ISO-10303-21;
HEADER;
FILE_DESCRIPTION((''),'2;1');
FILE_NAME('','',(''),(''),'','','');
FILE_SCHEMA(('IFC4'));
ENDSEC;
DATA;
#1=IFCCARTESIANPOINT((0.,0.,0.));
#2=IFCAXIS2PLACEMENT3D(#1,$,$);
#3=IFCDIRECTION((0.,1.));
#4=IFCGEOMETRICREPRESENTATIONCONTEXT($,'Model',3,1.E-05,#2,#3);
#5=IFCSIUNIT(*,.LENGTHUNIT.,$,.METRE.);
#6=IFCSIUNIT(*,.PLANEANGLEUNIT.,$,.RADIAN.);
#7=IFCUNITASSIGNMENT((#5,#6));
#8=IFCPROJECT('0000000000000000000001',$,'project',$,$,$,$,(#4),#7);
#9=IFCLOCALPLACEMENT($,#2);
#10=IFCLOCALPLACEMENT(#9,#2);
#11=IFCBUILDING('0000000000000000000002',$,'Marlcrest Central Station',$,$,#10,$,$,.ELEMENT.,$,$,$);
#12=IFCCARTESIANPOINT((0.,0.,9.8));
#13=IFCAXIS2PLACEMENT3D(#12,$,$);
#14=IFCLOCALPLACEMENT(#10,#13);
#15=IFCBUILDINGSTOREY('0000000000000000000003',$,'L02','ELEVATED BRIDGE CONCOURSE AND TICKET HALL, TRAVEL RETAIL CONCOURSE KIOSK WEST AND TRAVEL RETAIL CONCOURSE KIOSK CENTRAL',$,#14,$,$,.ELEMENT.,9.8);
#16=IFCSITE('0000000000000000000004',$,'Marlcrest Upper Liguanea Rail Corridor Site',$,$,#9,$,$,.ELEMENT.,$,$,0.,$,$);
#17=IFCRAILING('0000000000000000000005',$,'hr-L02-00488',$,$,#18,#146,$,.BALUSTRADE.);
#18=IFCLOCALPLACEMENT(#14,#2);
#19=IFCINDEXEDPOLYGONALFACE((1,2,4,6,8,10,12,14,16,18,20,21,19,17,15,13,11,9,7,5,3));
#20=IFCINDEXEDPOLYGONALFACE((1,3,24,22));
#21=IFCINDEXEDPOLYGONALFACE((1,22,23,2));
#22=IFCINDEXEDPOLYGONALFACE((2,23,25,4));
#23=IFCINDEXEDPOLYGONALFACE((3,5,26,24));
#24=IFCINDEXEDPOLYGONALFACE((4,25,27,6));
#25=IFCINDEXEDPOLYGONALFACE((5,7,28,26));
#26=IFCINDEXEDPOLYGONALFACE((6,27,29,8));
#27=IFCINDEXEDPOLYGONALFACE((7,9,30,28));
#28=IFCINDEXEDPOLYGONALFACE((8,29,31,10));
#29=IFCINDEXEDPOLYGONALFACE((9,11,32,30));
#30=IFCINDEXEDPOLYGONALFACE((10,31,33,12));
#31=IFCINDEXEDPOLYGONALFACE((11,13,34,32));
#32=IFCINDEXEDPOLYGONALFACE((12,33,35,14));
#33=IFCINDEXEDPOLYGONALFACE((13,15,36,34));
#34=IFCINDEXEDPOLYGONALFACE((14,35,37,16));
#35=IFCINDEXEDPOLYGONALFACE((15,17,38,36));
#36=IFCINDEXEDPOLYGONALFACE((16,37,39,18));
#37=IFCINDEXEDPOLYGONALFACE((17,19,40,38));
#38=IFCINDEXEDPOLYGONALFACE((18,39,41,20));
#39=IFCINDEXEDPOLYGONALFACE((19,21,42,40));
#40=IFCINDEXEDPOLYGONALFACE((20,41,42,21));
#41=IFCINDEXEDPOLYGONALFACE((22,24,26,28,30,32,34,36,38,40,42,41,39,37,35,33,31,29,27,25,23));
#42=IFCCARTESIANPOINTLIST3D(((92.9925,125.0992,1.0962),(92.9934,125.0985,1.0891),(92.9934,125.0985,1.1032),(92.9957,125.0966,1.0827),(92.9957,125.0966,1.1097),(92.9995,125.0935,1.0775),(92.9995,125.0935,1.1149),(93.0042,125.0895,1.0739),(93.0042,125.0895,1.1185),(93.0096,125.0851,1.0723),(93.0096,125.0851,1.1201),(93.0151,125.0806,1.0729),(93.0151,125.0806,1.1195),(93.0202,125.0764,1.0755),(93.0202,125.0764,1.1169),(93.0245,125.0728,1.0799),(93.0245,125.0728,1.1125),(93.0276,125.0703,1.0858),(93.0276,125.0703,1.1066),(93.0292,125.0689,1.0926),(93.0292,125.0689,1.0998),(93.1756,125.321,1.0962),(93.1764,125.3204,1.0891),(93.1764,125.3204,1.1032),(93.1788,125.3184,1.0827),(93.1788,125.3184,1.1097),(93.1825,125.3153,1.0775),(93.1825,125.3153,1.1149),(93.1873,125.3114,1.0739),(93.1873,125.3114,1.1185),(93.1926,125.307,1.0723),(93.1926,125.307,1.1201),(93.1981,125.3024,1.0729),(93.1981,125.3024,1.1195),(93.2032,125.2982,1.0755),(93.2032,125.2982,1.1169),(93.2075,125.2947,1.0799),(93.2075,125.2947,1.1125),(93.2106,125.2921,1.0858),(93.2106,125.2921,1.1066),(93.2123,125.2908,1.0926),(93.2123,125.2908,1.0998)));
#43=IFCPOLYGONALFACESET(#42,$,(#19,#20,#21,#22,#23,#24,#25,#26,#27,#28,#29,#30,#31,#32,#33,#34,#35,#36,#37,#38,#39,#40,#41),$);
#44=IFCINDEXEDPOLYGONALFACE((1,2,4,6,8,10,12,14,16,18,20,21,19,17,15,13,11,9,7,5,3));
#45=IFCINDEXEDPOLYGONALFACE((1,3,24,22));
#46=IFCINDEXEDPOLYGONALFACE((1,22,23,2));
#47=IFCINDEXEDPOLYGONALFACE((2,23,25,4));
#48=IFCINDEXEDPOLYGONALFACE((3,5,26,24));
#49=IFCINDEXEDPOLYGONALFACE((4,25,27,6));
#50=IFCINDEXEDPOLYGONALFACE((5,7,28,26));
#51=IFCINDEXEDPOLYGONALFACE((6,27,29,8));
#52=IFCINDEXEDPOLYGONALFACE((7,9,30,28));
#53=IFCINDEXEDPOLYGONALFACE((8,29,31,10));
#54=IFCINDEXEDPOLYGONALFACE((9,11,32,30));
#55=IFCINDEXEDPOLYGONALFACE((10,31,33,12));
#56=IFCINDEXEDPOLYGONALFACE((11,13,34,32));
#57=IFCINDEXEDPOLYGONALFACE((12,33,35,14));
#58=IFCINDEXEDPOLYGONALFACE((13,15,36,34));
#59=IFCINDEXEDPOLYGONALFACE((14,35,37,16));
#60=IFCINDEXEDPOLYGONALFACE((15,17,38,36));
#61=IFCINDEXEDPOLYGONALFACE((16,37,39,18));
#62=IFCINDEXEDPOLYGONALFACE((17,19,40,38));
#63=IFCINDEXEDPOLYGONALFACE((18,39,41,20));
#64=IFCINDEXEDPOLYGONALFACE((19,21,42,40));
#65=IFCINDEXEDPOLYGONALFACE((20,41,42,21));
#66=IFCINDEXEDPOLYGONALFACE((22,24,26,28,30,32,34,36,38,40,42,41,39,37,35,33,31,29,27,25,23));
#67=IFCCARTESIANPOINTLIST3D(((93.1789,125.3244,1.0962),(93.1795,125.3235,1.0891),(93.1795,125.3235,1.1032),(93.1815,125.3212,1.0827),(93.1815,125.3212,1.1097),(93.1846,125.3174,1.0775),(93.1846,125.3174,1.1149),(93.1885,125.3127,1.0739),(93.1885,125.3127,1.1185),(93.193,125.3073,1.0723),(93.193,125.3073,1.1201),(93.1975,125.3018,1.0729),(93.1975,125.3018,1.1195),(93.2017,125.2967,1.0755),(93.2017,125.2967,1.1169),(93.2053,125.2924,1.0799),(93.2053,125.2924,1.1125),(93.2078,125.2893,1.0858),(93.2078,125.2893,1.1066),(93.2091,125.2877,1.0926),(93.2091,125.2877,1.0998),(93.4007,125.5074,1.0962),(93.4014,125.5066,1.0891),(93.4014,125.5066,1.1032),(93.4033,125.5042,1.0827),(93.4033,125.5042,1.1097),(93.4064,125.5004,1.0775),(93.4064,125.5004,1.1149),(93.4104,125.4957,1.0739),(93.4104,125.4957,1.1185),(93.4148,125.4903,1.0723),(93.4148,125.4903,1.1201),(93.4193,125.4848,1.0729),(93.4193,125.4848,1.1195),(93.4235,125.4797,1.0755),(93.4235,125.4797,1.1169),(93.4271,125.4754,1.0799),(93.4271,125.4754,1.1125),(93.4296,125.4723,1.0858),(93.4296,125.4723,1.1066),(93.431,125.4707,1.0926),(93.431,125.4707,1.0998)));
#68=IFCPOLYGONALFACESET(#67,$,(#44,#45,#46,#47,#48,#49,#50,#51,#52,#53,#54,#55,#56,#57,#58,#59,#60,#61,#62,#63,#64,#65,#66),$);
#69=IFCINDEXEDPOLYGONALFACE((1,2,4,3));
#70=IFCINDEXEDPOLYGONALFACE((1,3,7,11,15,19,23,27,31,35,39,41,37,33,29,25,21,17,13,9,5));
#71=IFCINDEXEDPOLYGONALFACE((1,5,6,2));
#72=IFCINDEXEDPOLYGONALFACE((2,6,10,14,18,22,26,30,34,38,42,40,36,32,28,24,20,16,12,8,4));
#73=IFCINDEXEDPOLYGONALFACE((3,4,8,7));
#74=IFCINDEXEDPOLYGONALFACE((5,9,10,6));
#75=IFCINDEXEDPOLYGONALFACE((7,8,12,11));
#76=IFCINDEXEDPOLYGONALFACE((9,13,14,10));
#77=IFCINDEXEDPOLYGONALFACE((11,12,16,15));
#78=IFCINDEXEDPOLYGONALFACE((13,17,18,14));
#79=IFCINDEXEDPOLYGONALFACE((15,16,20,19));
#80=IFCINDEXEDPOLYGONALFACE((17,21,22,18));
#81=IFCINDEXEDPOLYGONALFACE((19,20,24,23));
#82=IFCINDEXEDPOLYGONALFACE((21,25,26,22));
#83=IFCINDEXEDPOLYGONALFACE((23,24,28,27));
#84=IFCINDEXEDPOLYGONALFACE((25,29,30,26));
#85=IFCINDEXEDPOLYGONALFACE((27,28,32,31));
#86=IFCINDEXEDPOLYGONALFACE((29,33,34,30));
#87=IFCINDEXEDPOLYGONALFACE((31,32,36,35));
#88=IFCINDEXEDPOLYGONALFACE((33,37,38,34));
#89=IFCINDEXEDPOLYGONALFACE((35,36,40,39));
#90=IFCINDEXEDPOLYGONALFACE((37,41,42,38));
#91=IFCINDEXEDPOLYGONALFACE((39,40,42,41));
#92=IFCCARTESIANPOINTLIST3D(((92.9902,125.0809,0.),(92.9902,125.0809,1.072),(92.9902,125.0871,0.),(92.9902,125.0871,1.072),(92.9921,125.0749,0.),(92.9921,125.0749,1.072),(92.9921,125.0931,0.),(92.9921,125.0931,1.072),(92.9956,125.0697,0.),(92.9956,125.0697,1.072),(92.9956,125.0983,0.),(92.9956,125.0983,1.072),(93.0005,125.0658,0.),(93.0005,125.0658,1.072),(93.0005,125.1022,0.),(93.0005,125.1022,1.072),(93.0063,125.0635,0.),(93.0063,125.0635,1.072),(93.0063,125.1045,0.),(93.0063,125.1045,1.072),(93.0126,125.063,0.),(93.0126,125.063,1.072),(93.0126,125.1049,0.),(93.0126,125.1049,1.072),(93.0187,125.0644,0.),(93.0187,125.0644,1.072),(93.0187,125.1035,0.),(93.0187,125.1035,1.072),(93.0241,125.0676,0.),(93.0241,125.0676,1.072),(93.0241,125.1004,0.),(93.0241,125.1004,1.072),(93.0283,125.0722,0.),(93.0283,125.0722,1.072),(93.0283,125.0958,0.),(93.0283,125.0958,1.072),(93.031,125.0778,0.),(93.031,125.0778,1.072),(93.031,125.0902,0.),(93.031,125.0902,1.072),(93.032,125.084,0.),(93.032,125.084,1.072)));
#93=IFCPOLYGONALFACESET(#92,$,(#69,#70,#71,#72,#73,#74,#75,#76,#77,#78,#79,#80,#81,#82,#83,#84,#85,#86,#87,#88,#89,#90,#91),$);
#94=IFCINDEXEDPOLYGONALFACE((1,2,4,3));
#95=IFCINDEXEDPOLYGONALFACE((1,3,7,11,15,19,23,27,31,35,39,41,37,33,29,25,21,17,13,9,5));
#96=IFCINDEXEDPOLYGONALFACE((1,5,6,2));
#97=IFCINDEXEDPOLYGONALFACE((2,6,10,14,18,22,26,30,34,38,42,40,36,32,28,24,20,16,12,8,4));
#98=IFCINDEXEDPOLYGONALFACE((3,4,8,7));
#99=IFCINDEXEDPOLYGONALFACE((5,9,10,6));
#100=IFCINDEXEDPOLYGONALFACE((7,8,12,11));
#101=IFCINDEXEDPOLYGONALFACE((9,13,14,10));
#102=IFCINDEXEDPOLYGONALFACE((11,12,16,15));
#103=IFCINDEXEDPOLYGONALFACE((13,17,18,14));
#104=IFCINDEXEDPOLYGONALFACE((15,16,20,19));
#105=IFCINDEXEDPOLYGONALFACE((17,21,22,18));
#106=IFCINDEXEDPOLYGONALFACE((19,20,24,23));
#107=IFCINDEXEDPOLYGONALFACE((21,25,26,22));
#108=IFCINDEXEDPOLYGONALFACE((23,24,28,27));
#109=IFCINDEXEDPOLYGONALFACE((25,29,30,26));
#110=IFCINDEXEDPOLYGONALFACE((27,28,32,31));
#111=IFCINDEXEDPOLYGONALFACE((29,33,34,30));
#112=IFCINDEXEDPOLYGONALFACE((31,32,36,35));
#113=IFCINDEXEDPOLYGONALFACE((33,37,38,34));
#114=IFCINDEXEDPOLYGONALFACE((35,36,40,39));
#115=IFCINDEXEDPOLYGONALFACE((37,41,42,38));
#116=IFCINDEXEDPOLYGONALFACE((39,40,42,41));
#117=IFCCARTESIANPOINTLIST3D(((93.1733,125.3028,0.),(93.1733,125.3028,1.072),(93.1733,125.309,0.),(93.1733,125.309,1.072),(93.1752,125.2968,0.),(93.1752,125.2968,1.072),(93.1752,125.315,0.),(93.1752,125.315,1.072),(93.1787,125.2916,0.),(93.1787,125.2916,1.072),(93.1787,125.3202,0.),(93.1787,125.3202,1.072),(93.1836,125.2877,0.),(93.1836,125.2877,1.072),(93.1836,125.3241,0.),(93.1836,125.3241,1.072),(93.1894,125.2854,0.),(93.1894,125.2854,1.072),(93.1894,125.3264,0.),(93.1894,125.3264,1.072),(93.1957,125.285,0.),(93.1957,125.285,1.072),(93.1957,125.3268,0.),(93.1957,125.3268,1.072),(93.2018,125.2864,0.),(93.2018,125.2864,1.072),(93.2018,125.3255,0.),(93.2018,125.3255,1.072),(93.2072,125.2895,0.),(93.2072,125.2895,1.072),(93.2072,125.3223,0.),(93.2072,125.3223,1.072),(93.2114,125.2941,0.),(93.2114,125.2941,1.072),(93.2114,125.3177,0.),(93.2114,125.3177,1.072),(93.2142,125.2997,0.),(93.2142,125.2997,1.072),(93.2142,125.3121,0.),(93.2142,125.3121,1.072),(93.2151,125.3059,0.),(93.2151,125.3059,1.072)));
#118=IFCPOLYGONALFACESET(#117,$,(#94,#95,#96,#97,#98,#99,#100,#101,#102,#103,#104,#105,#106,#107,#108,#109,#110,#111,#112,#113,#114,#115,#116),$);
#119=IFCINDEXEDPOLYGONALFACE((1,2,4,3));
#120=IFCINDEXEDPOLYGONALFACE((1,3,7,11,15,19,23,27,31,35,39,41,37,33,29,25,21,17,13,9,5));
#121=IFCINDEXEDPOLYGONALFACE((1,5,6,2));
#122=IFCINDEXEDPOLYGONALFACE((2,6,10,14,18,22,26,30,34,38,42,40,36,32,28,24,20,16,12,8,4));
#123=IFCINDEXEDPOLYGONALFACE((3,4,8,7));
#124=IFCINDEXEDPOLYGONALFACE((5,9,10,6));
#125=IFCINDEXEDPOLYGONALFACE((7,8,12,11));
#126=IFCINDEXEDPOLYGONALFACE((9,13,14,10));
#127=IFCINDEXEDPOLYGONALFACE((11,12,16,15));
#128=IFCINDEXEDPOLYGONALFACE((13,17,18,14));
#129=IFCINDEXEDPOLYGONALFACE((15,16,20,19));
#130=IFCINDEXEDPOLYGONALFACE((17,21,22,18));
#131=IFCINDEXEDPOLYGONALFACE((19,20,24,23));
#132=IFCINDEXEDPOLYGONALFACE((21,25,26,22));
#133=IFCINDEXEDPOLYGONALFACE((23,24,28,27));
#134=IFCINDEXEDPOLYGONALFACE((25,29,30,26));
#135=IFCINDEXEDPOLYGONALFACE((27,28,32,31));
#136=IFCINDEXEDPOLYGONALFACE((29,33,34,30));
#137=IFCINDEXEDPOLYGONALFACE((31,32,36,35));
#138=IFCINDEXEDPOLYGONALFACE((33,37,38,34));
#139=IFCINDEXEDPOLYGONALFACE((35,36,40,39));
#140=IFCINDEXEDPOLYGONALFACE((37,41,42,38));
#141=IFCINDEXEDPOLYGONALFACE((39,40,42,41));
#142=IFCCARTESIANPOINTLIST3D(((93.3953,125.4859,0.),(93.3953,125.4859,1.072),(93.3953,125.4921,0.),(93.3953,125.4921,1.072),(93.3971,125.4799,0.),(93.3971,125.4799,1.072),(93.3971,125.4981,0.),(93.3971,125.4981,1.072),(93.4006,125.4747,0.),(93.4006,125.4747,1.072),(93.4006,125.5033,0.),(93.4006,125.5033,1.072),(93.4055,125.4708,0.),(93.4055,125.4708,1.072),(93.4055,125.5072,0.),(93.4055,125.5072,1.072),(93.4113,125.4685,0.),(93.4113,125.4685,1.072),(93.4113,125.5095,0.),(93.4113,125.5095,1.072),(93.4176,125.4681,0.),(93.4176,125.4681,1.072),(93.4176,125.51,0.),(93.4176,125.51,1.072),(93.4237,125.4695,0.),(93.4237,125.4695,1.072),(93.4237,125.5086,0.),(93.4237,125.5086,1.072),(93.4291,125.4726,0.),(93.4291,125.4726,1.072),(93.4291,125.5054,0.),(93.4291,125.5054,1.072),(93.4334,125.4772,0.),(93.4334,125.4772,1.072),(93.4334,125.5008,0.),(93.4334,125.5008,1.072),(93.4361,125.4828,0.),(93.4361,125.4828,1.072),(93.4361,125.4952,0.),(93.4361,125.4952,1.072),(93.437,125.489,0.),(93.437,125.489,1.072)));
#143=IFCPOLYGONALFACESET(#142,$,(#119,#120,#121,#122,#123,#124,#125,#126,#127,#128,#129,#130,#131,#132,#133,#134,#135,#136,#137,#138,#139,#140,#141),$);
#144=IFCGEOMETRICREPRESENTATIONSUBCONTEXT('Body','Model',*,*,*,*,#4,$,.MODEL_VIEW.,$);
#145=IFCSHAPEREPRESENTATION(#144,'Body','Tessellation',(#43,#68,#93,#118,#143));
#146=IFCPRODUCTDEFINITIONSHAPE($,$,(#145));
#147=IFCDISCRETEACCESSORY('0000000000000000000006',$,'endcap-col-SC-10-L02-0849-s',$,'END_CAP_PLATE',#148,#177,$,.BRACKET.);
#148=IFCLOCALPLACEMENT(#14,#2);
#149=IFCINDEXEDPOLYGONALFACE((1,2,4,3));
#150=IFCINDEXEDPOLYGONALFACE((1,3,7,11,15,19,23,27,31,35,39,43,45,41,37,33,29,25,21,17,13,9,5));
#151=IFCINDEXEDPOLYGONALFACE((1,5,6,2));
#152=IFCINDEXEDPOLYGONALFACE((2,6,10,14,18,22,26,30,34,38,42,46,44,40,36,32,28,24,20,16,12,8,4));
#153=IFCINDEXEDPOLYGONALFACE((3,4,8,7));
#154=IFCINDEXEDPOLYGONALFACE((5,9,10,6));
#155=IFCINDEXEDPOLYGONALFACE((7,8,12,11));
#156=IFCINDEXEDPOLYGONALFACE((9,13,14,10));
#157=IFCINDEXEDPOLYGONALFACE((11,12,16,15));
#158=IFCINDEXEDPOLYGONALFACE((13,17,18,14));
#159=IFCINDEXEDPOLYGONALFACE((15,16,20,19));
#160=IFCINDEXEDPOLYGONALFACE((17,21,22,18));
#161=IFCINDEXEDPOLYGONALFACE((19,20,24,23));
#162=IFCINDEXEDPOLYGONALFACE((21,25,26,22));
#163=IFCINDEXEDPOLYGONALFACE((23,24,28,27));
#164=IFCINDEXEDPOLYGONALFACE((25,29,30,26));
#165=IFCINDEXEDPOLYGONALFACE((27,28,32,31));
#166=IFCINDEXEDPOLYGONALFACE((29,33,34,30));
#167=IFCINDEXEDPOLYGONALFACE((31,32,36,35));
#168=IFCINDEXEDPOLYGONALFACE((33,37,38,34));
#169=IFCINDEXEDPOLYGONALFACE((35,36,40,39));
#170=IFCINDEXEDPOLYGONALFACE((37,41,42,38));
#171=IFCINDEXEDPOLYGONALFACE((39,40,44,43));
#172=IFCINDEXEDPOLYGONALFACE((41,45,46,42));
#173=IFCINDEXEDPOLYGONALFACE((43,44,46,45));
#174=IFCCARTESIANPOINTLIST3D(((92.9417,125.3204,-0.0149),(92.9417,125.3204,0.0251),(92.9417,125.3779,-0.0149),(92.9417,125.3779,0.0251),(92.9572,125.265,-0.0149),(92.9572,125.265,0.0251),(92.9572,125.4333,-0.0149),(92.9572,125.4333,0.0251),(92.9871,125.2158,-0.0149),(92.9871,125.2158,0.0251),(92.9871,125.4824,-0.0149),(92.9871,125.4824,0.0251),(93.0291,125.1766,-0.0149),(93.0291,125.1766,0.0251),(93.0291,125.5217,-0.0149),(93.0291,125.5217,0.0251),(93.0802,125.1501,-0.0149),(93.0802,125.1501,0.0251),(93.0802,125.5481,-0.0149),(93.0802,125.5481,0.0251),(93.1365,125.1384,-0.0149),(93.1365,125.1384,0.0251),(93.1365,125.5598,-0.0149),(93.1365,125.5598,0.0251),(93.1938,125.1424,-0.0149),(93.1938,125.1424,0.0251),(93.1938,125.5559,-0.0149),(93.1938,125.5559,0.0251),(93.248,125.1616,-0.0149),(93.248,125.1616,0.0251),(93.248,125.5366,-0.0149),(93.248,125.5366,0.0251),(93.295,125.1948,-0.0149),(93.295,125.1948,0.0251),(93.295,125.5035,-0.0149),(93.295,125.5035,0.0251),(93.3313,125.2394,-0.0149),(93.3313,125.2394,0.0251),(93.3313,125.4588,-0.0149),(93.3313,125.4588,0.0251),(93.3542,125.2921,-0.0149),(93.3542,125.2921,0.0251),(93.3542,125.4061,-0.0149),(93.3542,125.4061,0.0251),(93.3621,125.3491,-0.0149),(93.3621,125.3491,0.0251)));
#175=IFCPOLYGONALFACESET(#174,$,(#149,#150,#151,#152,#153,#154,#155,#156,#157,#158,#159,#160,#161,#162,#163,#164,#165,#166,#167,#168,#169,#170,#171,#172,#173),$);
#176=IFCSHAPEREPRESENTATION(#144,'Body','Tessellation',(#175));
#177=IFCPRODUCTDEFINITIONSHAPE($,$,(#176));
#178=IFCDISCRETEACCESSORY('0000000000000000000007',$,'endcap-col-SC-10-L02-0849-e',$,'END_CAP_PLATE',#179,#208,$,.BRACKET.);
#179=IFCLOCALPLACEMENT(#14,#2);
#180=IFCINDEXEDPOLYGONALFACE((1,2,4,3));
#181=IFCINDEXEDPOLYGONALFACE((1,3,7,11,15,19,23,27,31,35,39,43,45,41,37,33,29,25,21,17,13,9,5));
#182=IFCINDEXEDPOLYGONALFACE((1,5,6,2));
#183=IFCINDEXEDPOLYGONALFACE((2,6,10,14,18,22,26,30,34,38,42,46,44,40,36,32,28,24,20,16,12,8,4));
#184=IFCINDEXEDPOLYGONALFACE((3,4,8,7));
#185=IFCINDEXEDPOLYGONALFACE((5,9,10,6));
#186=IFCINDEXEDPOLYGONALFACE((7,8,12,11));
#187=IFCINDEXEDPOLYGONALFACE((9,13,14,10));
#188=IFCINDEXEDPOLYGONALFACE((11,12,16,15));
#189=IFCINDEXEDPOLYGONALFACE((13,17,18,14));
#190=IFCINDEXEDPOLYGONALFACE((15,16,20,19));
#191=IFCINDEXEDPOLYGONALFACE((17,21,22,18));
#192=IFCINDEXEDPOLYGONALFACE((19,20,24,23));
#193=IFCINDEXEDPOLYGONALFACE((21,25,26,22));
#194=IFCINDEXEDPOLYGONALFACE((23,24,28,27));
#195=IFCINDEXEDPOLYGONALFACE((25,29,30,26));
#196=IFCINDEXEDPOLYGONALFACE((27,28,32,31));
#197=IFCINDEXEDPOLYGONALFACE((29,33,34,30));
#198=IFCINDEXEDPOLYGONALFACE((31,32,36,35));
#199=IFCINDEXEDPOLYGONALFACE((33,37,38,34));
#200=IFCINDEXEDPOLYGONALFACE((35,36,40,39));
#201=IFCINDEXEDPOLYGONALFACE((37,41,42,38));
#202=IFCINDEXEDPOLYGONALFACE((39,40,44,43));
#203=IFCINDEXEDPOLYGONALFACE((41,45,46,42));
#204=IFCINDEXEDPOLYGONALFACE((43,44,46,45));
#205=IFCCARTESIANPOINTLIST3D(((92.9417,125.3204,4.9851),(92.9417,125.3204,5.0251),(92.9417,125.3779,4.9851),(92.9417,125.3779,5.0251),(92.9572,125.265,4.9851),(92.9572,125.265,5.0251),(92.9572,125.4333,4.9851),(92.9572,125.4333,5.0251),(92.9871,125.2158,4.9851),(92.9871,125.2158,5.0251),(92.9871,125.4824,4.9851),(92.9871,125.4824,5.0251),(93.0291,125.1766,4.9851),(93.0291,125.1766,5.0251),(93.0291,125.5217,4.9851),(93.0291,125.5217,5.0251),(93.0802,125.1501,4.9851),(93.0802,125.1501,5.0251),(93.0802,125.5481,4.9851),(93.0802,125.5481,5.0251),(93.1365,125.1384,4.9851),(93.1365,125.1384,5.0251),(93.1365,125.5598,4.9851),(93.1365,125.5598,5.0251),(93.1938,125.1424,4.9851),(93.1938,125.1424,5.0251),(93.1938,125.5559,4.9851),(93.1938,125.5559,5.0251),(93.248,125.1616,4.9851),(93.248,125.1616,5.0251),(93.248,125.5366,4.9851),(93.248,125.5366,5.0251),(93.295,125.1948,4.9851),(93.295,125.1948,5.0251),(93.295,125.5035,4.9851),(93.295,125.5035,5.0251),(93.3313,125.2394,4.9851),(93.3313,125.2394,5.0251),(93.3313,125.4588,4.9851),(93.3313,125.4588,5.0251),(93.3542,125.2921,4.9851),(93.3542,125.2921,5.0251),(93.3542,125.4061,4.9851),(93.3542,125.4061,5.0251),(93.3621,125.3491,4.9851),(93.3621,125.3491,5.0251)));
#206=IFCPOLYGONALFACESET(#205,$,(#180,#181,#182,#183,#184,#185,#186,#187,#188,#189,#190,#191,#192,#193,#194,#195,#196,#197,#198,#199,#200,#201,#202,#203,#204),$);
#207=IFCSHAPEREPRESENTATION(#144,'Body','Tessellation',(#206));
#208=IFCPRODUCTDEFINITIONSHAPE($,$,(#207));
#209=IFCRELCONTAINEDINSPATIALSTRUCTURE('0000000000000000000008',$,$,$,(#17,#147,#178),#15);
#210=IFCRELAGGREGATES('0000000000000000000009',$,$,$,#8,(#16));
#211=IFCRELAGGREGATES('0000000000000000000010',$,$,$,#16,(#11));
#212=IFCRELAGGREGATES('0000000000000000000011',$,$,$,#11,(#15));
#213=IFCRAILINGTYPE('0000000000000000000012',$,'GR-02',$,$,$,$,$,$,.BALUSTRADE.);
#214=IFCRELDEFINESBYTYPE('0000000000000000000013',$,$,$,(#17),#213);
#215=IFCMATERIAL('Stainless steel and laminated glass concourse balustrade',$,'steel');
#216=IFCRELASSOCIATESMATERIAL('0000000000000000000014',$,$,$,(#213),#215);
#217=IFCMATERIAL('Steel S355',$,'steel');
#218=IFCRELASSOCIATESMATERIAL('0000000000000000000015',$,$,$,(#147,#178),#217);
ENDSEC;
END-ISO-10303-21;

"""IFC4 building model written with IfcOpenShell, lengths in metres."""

from ifc_helpers import new_model, si_unit, direction, frame, origin, origin_2d, place, context, subcontext, project, spatial, circle, extrude, material, type_object, element, save


model = new_model("IFC4")

# Units and contexts
model_context = context("Model", 3, precision=1e-05, world=origin(), true_north=direction((0.0, 1.0)))
body_context = subcontext(model_context, "Body", "Model", "MODEL_VIEW")
ifc_project = project(units=[si_unit("LENGTHUNIT", "METRE"), si_unit("PLANEANGLEUNIT", "RADIAN")], contexts=[model_context])

# Site, building, storey
site_placement = place(None, origin())
site = spatial("IfcSite", under=ifc_project, at=site_placement, Name="Marlcrest Upper Liguanea Rail Corridor Site", CompositionType="ELEMENT", RefElevation=0.0)
building_placement = place(site_placement, origin())
building = spatial("IfcBuilding", under=site, at=building_placement, Name="Marlcrest Central Station", CompositionType="ELEMENT")
storey_placement = place(building_placement, frame((0.0, 0.0, 9.8)))
storey = spatial("IfcBuildingStorey", under=building, at=storey_placement, Name="L02", Description="ELEVATED BRIDGE CONCOURSE AND TICKET HALL, TRAVEL RETAIL CONCOURSE KIOSK WEST AND TRAVEL RETAIL CONCOURSE KIOSK CENTRAL", CompositionType="ELEMENT", Elevation=9.8)

# Shared definitions
ifc_material_1 = material(Name="Steel S355", Category="steel")

# Railing
ifc_material_2 = material(Name="Stainless steel and laminated glass concourse balustrade", Category="steel")
railing_type = type_object("IfcRailingType", Name="GR-02", PredefinedType="BALUSTRADE", material=ifc_material_2)
railing_1_placement = place(storey_placement, frame((93.011, 125.084, 0.0)))
element("IfcRailing", 1, at=railing_1_placement, inside=storey, type_object=railing_type, Name="hr-L02-00488", PredefinedType="BALUSTRADE", context=body_context, shape_type="SweptSolid", body=[
    extrude(circle(Radius=0.0239, at=origin_2d()), frame((0.0, 0.0, 1.0962), z_axis=(0.636421, 0.771342, 0.0), x_axis=(-0.771342, 0.636421, 0.0)), (0.0, 0.0, 1.0), 0.2876),
    extrude(circle(Radius=0.0239, at=origin_2d()), frame((0.1831, 0.2219, 1.0962), z_axis=(0.771342, 0.636421, 0.0), x_axis=(-0.636421, 0.771342, 0.0)), (0.0, 0.0, 1.0), 0.2876),
    extrude(circle(Radius=0.021, at=origin_2d()), origin(), (0.0, 0.0, 1.0), 1.072),
    extrude(circle(Radius=0.021, at=origin_2d()), frame((0.1831, 0.2219, 0.0)), (0.0, 0.0, 1.0), 1.072),
    extrude(circle(Radius=0.021, at=origin_2d()), frame((0.405, 0.405, 0.0)), (0.0, 0.0, 1.0), 1.072),
])

# Discrete accessories
for number, where, z_axis, x_axis, name in (
    (2, (93.1509, 125.3491, -0.0149), (0.0, 0.0, 1.0), (1.0, 0.0, 0.0), "endcap-col-SC-10-L02-0849-s"),
    (3, (93.1509, 125.3491, 4.9851), (0.0, 0.0, 1.0), (1.0, 0.0, 0.0), "endcap-col-SC-10-L02-0849-e"),
):
    element("IfcDiscreteAccessory", number, at=place(storey_placement, frame(where, z_axis=z_axis, x_axis=x_axis)), inside=storey, material=ifc_material_1, Name=name, ObjectType="END_CAP_PLATE", PredefinedType="BRACKET", context=body_context, shape_type="SweptSolid", body=[
        extrude(circle(Radius=0.2112, at=origin_2d()), origin(), (0.0, 0.0, 1.0), 0.04),
    ])

save(model, "model.ifc")
